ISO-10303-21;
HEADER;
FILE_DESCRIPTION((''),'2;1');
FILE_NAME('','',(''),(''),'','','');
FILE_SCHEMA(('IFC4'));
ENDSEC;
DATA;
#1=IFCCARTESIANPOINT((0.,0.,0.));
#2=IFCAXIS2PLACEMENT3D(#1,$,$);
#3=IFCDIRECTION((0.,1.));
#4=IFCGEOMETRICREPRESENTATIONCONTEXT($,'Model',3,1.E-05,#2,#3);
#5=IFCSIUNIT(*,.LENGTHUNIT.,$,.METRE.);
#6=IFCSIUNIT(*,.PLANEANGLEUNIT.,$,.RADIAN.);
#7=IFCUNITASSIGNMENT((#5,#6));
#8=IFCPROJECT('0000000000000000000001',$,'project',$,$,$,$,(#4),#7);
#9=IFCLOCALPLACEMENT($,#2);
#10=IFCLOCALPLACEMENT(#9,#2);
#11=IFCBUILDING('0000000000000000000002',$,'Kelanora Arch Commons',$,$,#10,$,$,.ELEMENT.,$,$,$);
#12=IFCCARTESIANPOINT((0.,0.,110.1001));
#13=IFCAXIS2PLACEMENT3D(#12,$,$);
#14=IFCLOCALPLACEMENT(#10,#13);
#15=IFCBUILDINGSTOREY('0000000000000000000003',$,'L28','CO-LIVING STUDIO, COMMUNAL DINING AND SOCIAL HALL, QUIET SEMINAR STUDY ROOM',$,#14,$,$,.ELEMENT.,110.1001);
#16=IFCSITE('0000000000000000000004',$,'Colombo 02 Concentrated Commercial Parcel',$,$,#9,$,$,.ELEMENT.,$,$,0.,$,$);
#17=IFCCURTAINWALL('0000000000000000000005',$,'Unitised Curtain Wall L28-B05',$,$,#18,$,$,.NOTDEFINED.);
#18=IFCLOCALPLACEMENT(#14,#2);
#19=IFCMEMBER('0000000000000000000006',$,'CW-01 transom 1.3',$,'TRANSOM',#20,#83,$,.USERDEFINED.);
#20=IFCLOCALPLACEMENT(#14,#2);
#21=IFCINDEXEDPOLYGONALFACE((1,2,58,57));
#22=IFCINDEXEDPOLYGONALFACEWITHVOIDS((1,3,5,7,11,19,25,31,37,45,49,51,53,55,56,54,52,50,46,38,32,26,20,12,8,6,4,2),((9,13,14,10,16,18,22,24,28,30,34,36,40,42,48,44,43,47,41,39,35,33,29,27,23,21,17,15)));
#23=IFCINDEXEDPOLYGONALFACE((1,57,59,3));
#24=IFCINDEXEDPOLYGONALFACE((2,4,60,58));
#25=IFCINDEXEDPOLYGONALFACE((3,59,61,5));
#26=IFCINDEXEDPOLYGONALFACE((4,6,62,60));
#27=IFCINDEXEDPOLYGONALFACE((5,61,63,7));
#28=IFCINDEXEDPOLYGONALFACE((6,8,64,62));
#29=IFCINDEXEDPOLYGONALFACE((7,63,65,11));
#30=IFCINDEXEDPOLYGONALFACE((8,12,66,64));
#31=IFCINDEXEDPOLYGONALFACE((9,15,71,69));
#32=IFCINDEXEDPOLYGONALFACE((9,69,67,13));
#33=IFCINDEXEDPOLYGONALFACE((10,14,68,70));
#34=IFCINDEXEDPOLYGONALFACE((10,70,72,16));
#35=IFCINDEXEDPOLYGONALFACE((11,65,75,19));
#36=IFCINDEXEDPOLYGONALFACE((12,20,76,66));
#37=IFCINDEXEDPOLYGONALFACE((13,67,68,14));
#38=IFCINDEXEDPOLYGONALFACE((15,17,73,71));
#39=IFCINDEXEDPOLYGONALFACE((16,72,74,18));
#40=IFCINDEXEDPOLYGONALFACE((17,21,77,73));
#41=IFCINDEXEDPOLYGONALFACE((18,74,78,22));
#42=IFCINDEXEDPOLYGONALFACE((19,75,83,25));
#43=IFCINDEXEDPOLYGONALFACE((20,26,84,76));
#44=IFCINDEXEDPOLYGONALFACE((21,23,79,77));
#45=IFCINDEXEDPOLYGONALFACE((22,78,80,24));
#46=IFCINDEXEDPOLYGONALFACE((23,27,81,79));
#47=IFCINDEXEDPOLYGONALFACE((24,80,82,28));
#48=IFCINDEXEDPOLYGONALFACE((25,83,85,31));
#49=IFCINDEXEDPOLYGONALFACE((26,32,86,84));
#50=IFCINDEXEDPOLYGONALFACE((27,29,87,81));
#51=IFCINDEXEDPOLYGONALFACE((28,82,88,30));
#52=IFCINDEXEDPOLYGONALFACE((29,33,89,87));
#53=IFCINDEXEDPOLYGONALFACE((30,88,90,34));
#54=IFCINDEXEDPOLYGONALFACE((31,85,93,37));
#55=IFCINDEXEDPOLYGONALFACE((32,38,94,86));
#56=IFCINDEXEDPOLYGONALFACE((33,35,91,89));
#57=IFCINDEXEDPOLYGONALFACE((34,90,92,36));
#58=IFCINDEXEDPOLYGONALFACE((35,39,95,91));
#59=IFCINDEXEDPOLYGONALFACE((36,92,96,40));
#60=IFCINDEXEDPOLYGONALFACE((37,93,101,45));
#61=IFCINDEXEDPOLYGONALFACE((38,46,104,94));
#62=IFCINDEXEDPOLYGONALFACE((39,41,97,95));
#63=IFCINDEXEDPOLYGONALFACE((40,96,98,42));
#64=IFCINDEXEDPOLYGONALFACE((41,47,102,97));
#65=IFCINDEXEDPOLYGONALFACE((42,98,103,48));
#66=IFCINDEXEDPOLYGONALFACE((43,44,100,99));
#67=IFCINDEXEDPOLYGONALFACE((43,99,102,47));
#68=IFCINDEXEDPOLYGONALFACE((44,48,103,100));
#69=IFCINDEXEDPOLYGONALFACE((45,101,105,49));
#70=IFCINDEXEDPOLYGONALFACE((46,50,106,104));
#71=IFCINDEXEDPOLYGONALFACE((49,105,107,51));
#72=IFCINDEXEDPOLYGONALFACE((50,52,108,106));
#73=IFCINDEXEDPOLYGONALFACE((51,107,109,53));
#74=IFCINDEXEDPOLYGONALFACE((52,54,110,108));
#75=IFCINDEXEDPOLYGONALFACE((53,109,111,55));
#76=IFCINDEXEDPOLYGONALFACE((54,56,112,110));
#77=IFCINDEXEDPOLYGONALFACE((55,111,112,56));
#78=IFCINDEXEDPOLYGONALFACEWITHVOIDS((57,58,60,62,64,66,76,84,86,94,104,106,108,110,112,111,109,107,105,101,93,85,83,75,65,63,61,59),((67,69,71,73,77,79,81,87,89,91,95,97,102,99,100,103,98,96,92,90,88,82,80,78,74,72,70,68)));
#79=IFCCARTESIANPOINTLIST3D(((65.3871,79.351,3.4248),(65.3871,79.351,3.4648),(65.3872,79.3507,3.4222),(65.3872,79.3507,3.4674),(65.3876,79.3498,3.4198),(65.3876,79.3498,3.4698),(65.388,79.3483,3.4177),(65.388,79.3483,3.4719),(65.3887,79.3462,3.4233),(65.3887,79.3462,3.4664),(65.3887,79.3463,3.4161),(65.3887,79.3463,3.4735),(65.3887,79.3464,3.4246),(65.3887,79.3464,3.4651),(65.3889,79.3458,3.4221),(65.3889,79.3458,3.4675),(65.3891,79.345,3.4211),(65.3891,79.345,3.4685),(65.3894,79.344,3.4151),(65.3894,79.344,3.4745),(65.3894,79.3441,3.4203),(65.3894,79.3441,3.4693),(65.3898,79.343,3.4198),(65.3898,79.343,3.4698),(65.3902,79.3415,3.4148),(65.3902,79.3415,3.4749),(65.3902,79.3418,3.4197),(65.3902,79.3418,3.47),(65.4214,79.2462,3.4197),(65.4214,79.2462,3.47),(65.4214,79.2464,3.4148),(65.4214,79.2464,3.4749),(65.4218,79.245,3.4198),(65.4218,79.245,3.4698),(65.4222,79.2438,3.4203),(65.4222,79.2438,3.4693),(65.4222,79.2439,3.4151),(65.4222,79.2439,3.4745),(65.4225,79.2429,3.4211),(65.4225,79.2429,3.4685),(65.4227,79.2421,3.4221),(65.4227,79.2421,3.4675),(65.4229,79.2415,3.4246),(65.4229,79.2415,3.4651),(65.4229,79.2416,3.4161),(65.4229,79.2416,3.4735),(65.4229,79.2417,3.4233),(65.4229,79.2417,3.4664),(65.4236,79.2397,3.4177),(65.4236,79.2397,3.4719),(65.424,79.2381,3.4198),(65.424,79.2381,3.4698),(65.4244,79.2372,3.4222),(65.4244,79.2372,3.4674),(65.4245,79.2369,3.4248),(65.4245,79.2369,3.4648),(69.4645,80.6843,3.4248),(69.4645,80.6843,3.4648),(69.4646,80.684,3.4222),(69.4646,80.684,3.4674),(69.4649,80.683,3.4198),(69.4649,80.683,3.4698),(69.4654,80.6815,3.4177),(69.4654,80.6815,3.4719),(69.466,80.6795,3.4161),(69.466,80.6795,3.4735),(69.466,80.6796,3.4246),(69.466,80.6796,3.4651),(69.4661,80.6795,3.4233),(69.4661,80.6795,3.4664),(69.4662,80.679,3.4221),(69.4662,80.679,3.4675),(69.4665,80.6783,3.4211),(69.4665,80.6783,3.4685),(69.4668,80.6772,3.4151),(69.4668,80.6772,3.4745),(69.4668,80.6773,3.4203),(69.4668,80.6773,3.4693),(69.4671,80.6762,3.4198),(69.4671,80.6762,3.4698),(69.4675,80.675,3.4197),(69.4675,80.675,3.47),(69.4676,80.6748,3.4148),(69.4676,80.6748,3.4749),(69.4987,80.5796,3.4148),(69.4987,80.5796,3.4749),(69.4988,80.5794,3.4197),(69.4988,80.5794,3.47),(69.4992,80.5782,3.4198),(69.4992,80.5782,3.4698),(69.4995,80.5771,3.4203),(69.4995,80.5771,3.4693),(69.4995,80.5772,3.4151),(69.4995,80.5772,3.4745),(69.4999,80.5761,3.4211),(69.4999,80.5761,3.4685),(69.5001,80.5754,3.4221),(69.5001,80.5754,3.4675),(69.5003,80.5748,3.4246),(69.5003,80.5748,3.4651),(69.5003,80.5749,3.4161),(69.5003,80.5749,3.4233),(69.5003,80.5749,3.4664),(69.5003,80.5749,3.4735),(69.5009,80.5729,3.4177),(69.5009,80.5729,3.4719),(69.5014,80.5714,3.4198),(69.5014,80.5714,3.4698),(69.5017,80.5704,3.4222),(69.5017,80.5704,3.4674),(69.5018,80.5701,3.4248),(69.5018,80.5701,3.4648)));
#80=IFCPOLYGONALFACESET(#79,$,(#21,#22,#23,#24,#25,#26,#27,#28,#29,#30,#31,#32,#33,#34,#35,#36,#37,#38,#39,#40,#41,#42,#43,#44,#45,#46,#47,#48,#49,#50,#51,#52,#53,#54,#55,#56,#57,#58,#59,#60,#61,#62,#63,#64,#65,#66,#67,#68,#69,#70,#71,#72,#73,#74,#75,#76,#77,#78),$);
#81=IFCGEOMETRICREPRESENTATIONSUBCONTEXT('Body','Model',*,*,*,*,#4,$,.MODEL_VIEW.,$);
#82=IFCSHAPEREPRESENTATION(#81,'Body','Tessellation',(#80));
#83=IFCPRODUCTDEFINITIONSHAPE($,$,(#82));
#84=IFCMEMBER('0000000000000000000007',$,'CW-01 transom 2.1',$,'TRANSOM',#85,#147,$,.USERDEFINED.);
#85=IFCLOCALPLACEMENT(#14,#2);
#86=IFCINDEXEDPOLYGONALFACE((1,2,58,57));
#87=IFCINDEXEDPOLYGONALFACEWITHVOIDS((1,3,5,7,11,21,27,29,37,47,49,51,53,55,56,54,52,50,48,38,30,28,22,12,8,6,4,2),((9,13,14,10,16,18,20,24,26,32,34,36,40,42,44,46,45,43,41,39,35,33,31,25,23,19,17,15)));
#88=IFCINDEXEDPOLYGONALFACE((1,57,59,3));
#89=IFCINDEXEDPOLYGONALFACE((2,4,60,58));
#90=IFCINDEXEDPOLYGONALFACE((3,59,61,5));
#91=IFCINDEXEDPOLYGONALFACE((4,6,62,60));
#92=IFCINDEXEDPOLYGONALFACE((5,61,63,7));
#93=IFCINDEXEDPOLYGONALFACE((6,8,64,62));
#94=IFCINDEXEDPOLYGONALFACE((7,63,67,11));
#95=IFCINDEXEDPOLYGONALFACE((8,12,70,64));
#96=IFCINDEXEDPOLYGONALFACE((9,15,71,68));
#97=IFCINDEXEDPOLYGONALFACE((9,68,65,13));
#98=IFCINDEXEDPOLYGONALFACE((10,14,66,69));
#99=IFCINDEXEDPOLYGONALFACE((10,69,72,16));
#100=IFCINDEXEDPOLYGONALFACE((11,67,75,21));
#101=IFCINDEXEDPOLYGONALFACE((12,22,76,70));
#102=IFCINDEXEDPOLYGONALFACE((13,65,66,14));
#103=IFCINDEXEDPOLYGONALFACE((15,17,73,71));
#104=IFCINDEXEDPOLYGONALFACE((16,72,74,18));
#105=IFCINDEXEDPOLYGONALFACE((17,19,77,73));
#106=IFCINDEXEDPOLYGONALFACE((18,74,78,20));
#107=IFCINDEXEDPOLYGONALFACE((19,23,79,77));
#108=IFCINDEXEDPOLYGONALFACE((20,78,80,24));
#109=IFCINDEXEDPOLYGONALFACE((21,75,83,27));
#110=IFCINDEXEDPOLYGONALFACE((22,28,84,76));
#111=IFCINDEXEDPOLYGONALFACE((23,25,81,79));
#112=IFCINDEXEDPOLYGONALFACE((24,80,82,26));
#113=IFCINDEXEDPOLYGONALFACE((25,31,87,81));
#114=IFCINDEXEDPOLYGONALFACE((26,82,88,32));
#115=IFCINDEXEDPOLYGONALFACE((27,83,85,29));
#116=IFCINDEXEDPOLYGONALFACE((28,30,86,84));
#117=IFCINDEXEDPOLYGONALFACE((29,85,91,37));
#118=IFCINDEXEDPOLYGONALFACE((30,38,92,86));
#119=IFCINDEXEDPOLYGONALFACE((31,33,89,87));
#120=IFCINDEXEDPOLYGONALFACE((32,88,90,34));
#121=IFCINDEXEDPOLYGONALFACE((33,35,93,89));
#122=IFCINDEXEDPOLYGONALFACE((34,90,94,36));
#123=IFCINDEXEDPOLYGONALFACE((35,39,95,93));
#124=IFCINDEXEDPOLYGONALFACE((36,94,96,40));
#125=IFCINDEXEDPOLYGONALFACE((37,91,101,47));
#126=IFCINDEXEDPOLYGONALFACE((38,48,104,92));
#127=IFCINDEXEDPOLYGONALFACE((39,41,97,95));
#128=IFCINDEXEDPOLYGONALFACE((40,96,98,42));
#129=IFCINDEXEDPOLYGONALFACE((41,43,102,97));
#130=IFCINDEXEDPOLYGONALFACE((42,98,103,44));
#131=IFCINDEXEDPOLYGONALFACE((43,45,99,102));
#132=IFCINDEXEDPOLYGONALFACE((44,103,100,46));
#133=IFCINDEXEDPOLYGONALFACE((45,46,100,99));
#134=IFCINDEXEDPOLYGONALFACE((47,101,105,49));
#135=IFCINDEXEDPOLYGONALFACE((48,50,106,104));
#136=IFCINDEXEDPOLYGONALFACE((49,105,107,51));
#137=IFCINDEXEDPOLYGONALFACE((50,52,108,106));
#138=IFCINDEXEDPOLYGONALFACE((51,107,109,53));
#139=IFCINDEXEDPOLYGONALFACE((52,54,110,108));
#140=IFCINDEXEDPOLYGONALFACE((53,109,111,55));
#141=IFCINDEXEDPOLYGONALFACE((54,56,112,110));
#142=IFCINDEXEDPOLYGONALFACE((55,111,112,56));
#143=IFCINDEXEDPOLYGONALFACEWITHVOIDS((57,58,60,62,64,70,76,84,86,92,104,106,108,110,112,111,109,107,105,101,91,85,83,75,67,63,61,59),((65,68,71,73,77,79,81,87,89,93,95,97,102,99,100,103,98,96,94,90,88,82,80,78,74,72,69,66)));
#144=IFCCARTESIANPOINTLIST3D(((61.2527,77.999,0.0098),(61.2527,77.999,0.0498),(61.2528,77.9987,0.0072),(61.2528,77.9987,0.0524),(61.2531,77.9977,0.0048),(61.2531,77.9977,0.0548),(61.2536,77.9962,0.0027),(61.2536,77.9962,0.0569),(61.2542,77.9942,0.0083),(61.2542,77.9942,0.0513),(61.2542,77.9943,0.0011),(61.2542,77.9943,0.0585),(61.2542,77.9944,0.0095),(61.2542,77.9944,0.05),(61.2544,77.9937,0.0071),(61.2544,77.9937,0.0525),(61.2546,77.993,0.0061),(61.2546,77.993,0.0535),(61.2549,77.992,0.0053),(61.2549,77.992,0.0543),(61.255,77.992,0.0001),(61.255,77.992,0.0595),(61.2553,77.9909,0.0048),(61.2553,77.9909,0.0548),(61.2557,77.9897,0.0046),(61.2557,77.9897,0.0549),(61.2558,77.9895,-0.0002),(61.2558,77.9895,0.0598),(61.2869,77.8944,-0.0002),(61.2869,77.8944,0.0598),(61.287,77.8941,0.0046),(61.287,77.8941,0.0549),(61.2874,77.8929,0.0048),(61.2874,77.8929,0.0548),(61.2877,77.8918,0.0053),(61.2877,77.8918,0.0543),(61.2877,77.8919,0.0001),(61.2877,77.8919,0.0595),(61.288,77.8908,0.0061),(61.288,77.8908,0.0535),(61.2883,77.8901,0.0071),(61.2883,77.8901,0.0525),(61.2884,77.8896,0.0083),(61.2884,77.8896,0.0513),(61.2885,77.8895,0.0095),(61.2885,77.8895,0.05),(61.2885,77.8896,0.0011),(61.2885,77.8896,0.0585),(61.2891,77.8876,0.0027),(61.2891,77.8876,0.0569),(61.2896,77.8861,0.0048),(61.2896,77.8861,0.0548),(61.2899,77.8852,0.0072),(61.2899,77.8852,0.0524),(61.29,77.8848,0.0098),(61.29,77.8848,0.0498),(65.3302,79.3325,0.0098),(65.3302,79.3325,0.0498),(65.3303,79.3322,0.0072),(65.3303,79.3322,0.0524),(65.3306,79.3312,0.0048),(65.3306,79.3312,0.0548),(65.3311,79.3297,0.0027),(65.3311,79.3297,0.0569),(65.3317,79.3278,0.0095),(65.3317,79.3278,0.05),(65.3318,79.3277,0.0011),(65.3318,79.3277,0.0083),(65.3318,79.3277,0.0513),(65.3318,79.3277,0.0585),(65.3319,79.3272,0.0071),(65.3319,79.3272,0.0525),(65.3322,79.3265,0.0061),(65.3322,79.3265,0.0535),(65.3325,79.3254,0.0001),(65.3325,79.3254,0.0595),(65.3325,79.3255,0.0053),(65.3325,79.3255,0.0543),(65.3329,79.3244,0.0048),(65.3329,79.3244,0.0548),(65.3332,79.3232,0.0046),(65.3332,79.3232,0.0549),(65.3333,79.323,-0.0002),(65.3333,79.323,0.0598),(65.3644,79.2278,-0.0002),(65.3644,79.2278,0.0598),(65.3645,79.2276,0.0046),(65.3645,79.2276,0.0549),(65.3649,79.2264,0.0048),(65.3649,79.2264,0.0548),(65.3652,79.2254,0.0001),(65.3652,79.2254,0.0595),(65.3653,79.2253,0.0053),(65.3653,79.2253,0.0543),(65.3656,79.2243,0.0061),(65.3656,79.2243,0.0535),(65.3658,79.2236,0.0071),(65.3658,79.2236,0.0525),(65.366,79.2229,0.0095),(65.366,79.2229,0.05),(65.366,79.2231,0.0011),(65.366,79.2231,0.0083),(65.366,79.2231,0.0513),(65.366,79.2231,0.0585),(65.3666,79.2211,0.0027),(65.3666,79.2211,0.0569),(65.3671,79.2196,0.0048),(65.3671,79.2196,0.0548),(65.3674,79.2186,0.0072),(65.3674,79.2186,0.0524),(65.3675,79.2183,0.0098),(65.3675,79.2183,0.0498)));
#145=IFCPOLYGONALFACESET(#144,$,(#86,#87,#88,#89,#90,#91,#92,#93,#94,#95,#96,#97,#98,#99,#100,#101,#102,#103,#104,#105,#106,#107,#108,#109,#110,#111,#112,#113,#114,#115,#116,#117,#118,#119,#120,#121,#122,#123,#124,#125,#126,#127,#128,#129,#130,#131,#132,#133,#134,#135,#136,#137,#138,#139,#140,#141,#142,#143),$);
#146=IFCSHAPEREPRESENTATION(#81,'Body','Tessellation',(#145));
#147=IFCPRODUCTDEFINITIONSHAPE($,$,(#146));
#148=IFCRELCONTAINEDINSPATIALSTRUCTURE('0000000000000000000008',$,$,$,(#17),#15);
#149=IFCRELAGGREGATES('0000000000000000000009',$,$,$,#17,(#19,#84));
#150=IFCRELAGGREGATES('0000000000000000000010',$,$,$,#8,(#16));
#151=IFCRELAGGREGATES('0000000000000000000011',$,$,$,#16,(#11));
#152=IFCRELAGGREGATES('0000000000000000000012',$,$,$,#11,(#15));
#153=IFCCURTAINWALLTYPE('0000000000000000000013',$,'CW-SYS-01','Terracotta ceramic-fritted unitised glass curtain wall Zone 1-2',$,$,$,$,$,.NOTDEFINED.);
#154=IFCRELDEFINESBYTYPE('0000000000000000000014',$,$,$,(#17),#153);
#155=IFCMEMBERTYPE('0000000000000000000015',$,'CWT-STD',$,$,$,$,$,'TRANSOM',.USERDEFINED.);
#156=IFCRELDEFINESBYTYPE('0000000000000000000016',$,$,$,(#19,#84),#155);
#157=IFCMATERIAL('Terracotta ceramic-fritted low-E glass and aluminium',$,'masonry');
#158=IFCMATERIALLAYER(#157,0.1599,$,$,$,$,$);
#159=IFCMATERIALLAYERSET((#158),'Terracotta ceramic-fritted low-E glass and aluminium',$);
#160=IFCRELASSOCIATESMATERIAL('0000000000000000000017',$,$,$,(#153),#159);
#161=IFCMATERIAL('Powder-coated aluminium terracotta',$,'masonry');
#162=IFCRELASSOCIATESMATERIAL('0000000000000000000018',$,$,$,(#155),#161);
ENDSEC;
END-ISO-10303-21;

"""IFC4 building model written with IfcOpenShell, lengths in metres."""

from ifc_helpers import new_model, si_unit, direction, frame, origin, origin_2d, place, context, subcontext, project, spatial, hollow_rectangle, extrude, material, layer, layer_set, material_profile, profile_set, type_object, element, aggregate, save


model = new_model("IFC4")

# Units and contexts
model_context = context("Model", 3, precision=1e-05, world=origin(), true_north=direction((0.0, 1.0)))
body_context = subcontext(model_context, "Body", "Model", "MODEL_VIEW")
ifc_project = project(units=[si_unit("LENGTHUNIT", "METRE"), si_unit("PLANEANGLEUNIT", "RADIAN")], contexts=[model_context])

# Site, building, storey
site_placement = place(None, origin())
site = spatial("IfcSite", under=ifc_project, at=site_placement, Name="Colombo 02 Concentrated Commercial Parcel", CompositionType="ELEMENT", RefElevation=0.0)
building_placement = place(site_placement, origin())
building = spatial("IfcBuilding", under=site, at=building_placement, Name="Kelanora Arch Commons", CompositionType="ELEMENT")
storey_placement = place(building_placement, frame((0.0, 0.0, 110.1001)))
storey = spatial("IfcBuildingStorey", under=building, at=storey_placement, Name="L28", Description="CO-LIVING STUDIO, COMMUNAL DINING AND SOCIAL HALL, QUIET SEMINAR STUDY ROOM", CompositionType="ELEMENT", Elevation=110.1001)

# Curtain wall, members
ifc_material_1 = material(Name="Terracotta ceramic-fritted low-E glass and aluminium", Category="masonry")
ifc_layer_1 = layer(ifc_material_1, 0.1599)
ifc_layer_set_1 = layer_set([ifc_layer_1], Name="Terracotta ceramic-fritted low-E glass and aluminium")
curtain_wall_type = type_object("IfcCurtainWallType", Name="CW-SYS-01", Description="Terracotta ceramic-fritted unitised glass curtain wall Zone 1-2", PredefinedType="NOTDEFINED", material=ifc_layer_set_1)
curtain_wall_placement = place(storey_placement, origin())
curtain_wall = element("IfcCurtainWall", 1, at=curtain_wall_placement, inside=storey, type_object=curtain_wall_type, Name="Unitised Curtain Wall L28-B05", PredefinedType="NOTDEFINED")
ifc_material_2 = material(Name="Powder-coated aluminium terracotta", Category="masonry")
ifc_material_profile_1 = material_profile(ifc_material_2, hollow_rectangle(XDim=0.1201, YDim=0.0601, WallThickness=0.0049, InnerFilletRadius=0.0049, OuterFilletRadius=0.01, at=origin_2d()), Name="CWT120x60")
ifc_profile_set_1 = profile_set([ifc_material_profile_1], Name="Powder-coated aluminium terracotta")
member_type_1 = type_object("IfcMemberType", Name="CWT-STD", ElementType="TRANSOM", PredefinedType="USERDEFINED", material=ifc_profile_set_1)
member_1_placement = place(storey_placement, frame((69.4832, 80.6272, 3.4448), z_axis=(-0.950478, -0.310793, 0.0), x_axis=(0.310793, -0.950478, 0.0)))
member_1 = element("IfcMember", 2, at=member_1_placement, type_object=member_type_1, Name="CW-01 transom 1.3", ObjectType="TRANSOM", PredefinedType="USERDEFINED", context=body_context, shape_type="SweptSolid", body=[
    extrude(hollow_rectangle(XDim=0.1201, YDim=0.0601, WallThickness=0.0049, InnerFilletRadius=0.0049, OuterFilletRadius=0.01, at=origin_2d()), origin(), (0.0, 0.0, 1.0), 4.2898),
])
member_2_placement = place(storey_placement, frame((65.3489, 79.2754, 0.0298), z_axis=(-0.950466, -0.310828, 0.0), x_axis=(0.310828, -0.950466, 0.0)))
member_2 = element("IfcMember", 3, at=member_2_placement, type_object=member_type_1, Name="CW-01 transom 2.1", ObjectType="TRANSOM", PredefinedType="USERDEFINED", context=body_context, shape_type="SweptSolid", body=[
    extrude(hollow_rectangle(XDim=0.1201, YDim=0.0601, WallThickness=0.0049, InnerFilletRadius=0.0049, OuterFilletRadius=0.01, at=origin_2d()), origin(), (0.0, 0.0, 1.0), 4.29),
])
aggregate(curtain_wall, [member_1, member_2])

save(model, "model.ifc")
